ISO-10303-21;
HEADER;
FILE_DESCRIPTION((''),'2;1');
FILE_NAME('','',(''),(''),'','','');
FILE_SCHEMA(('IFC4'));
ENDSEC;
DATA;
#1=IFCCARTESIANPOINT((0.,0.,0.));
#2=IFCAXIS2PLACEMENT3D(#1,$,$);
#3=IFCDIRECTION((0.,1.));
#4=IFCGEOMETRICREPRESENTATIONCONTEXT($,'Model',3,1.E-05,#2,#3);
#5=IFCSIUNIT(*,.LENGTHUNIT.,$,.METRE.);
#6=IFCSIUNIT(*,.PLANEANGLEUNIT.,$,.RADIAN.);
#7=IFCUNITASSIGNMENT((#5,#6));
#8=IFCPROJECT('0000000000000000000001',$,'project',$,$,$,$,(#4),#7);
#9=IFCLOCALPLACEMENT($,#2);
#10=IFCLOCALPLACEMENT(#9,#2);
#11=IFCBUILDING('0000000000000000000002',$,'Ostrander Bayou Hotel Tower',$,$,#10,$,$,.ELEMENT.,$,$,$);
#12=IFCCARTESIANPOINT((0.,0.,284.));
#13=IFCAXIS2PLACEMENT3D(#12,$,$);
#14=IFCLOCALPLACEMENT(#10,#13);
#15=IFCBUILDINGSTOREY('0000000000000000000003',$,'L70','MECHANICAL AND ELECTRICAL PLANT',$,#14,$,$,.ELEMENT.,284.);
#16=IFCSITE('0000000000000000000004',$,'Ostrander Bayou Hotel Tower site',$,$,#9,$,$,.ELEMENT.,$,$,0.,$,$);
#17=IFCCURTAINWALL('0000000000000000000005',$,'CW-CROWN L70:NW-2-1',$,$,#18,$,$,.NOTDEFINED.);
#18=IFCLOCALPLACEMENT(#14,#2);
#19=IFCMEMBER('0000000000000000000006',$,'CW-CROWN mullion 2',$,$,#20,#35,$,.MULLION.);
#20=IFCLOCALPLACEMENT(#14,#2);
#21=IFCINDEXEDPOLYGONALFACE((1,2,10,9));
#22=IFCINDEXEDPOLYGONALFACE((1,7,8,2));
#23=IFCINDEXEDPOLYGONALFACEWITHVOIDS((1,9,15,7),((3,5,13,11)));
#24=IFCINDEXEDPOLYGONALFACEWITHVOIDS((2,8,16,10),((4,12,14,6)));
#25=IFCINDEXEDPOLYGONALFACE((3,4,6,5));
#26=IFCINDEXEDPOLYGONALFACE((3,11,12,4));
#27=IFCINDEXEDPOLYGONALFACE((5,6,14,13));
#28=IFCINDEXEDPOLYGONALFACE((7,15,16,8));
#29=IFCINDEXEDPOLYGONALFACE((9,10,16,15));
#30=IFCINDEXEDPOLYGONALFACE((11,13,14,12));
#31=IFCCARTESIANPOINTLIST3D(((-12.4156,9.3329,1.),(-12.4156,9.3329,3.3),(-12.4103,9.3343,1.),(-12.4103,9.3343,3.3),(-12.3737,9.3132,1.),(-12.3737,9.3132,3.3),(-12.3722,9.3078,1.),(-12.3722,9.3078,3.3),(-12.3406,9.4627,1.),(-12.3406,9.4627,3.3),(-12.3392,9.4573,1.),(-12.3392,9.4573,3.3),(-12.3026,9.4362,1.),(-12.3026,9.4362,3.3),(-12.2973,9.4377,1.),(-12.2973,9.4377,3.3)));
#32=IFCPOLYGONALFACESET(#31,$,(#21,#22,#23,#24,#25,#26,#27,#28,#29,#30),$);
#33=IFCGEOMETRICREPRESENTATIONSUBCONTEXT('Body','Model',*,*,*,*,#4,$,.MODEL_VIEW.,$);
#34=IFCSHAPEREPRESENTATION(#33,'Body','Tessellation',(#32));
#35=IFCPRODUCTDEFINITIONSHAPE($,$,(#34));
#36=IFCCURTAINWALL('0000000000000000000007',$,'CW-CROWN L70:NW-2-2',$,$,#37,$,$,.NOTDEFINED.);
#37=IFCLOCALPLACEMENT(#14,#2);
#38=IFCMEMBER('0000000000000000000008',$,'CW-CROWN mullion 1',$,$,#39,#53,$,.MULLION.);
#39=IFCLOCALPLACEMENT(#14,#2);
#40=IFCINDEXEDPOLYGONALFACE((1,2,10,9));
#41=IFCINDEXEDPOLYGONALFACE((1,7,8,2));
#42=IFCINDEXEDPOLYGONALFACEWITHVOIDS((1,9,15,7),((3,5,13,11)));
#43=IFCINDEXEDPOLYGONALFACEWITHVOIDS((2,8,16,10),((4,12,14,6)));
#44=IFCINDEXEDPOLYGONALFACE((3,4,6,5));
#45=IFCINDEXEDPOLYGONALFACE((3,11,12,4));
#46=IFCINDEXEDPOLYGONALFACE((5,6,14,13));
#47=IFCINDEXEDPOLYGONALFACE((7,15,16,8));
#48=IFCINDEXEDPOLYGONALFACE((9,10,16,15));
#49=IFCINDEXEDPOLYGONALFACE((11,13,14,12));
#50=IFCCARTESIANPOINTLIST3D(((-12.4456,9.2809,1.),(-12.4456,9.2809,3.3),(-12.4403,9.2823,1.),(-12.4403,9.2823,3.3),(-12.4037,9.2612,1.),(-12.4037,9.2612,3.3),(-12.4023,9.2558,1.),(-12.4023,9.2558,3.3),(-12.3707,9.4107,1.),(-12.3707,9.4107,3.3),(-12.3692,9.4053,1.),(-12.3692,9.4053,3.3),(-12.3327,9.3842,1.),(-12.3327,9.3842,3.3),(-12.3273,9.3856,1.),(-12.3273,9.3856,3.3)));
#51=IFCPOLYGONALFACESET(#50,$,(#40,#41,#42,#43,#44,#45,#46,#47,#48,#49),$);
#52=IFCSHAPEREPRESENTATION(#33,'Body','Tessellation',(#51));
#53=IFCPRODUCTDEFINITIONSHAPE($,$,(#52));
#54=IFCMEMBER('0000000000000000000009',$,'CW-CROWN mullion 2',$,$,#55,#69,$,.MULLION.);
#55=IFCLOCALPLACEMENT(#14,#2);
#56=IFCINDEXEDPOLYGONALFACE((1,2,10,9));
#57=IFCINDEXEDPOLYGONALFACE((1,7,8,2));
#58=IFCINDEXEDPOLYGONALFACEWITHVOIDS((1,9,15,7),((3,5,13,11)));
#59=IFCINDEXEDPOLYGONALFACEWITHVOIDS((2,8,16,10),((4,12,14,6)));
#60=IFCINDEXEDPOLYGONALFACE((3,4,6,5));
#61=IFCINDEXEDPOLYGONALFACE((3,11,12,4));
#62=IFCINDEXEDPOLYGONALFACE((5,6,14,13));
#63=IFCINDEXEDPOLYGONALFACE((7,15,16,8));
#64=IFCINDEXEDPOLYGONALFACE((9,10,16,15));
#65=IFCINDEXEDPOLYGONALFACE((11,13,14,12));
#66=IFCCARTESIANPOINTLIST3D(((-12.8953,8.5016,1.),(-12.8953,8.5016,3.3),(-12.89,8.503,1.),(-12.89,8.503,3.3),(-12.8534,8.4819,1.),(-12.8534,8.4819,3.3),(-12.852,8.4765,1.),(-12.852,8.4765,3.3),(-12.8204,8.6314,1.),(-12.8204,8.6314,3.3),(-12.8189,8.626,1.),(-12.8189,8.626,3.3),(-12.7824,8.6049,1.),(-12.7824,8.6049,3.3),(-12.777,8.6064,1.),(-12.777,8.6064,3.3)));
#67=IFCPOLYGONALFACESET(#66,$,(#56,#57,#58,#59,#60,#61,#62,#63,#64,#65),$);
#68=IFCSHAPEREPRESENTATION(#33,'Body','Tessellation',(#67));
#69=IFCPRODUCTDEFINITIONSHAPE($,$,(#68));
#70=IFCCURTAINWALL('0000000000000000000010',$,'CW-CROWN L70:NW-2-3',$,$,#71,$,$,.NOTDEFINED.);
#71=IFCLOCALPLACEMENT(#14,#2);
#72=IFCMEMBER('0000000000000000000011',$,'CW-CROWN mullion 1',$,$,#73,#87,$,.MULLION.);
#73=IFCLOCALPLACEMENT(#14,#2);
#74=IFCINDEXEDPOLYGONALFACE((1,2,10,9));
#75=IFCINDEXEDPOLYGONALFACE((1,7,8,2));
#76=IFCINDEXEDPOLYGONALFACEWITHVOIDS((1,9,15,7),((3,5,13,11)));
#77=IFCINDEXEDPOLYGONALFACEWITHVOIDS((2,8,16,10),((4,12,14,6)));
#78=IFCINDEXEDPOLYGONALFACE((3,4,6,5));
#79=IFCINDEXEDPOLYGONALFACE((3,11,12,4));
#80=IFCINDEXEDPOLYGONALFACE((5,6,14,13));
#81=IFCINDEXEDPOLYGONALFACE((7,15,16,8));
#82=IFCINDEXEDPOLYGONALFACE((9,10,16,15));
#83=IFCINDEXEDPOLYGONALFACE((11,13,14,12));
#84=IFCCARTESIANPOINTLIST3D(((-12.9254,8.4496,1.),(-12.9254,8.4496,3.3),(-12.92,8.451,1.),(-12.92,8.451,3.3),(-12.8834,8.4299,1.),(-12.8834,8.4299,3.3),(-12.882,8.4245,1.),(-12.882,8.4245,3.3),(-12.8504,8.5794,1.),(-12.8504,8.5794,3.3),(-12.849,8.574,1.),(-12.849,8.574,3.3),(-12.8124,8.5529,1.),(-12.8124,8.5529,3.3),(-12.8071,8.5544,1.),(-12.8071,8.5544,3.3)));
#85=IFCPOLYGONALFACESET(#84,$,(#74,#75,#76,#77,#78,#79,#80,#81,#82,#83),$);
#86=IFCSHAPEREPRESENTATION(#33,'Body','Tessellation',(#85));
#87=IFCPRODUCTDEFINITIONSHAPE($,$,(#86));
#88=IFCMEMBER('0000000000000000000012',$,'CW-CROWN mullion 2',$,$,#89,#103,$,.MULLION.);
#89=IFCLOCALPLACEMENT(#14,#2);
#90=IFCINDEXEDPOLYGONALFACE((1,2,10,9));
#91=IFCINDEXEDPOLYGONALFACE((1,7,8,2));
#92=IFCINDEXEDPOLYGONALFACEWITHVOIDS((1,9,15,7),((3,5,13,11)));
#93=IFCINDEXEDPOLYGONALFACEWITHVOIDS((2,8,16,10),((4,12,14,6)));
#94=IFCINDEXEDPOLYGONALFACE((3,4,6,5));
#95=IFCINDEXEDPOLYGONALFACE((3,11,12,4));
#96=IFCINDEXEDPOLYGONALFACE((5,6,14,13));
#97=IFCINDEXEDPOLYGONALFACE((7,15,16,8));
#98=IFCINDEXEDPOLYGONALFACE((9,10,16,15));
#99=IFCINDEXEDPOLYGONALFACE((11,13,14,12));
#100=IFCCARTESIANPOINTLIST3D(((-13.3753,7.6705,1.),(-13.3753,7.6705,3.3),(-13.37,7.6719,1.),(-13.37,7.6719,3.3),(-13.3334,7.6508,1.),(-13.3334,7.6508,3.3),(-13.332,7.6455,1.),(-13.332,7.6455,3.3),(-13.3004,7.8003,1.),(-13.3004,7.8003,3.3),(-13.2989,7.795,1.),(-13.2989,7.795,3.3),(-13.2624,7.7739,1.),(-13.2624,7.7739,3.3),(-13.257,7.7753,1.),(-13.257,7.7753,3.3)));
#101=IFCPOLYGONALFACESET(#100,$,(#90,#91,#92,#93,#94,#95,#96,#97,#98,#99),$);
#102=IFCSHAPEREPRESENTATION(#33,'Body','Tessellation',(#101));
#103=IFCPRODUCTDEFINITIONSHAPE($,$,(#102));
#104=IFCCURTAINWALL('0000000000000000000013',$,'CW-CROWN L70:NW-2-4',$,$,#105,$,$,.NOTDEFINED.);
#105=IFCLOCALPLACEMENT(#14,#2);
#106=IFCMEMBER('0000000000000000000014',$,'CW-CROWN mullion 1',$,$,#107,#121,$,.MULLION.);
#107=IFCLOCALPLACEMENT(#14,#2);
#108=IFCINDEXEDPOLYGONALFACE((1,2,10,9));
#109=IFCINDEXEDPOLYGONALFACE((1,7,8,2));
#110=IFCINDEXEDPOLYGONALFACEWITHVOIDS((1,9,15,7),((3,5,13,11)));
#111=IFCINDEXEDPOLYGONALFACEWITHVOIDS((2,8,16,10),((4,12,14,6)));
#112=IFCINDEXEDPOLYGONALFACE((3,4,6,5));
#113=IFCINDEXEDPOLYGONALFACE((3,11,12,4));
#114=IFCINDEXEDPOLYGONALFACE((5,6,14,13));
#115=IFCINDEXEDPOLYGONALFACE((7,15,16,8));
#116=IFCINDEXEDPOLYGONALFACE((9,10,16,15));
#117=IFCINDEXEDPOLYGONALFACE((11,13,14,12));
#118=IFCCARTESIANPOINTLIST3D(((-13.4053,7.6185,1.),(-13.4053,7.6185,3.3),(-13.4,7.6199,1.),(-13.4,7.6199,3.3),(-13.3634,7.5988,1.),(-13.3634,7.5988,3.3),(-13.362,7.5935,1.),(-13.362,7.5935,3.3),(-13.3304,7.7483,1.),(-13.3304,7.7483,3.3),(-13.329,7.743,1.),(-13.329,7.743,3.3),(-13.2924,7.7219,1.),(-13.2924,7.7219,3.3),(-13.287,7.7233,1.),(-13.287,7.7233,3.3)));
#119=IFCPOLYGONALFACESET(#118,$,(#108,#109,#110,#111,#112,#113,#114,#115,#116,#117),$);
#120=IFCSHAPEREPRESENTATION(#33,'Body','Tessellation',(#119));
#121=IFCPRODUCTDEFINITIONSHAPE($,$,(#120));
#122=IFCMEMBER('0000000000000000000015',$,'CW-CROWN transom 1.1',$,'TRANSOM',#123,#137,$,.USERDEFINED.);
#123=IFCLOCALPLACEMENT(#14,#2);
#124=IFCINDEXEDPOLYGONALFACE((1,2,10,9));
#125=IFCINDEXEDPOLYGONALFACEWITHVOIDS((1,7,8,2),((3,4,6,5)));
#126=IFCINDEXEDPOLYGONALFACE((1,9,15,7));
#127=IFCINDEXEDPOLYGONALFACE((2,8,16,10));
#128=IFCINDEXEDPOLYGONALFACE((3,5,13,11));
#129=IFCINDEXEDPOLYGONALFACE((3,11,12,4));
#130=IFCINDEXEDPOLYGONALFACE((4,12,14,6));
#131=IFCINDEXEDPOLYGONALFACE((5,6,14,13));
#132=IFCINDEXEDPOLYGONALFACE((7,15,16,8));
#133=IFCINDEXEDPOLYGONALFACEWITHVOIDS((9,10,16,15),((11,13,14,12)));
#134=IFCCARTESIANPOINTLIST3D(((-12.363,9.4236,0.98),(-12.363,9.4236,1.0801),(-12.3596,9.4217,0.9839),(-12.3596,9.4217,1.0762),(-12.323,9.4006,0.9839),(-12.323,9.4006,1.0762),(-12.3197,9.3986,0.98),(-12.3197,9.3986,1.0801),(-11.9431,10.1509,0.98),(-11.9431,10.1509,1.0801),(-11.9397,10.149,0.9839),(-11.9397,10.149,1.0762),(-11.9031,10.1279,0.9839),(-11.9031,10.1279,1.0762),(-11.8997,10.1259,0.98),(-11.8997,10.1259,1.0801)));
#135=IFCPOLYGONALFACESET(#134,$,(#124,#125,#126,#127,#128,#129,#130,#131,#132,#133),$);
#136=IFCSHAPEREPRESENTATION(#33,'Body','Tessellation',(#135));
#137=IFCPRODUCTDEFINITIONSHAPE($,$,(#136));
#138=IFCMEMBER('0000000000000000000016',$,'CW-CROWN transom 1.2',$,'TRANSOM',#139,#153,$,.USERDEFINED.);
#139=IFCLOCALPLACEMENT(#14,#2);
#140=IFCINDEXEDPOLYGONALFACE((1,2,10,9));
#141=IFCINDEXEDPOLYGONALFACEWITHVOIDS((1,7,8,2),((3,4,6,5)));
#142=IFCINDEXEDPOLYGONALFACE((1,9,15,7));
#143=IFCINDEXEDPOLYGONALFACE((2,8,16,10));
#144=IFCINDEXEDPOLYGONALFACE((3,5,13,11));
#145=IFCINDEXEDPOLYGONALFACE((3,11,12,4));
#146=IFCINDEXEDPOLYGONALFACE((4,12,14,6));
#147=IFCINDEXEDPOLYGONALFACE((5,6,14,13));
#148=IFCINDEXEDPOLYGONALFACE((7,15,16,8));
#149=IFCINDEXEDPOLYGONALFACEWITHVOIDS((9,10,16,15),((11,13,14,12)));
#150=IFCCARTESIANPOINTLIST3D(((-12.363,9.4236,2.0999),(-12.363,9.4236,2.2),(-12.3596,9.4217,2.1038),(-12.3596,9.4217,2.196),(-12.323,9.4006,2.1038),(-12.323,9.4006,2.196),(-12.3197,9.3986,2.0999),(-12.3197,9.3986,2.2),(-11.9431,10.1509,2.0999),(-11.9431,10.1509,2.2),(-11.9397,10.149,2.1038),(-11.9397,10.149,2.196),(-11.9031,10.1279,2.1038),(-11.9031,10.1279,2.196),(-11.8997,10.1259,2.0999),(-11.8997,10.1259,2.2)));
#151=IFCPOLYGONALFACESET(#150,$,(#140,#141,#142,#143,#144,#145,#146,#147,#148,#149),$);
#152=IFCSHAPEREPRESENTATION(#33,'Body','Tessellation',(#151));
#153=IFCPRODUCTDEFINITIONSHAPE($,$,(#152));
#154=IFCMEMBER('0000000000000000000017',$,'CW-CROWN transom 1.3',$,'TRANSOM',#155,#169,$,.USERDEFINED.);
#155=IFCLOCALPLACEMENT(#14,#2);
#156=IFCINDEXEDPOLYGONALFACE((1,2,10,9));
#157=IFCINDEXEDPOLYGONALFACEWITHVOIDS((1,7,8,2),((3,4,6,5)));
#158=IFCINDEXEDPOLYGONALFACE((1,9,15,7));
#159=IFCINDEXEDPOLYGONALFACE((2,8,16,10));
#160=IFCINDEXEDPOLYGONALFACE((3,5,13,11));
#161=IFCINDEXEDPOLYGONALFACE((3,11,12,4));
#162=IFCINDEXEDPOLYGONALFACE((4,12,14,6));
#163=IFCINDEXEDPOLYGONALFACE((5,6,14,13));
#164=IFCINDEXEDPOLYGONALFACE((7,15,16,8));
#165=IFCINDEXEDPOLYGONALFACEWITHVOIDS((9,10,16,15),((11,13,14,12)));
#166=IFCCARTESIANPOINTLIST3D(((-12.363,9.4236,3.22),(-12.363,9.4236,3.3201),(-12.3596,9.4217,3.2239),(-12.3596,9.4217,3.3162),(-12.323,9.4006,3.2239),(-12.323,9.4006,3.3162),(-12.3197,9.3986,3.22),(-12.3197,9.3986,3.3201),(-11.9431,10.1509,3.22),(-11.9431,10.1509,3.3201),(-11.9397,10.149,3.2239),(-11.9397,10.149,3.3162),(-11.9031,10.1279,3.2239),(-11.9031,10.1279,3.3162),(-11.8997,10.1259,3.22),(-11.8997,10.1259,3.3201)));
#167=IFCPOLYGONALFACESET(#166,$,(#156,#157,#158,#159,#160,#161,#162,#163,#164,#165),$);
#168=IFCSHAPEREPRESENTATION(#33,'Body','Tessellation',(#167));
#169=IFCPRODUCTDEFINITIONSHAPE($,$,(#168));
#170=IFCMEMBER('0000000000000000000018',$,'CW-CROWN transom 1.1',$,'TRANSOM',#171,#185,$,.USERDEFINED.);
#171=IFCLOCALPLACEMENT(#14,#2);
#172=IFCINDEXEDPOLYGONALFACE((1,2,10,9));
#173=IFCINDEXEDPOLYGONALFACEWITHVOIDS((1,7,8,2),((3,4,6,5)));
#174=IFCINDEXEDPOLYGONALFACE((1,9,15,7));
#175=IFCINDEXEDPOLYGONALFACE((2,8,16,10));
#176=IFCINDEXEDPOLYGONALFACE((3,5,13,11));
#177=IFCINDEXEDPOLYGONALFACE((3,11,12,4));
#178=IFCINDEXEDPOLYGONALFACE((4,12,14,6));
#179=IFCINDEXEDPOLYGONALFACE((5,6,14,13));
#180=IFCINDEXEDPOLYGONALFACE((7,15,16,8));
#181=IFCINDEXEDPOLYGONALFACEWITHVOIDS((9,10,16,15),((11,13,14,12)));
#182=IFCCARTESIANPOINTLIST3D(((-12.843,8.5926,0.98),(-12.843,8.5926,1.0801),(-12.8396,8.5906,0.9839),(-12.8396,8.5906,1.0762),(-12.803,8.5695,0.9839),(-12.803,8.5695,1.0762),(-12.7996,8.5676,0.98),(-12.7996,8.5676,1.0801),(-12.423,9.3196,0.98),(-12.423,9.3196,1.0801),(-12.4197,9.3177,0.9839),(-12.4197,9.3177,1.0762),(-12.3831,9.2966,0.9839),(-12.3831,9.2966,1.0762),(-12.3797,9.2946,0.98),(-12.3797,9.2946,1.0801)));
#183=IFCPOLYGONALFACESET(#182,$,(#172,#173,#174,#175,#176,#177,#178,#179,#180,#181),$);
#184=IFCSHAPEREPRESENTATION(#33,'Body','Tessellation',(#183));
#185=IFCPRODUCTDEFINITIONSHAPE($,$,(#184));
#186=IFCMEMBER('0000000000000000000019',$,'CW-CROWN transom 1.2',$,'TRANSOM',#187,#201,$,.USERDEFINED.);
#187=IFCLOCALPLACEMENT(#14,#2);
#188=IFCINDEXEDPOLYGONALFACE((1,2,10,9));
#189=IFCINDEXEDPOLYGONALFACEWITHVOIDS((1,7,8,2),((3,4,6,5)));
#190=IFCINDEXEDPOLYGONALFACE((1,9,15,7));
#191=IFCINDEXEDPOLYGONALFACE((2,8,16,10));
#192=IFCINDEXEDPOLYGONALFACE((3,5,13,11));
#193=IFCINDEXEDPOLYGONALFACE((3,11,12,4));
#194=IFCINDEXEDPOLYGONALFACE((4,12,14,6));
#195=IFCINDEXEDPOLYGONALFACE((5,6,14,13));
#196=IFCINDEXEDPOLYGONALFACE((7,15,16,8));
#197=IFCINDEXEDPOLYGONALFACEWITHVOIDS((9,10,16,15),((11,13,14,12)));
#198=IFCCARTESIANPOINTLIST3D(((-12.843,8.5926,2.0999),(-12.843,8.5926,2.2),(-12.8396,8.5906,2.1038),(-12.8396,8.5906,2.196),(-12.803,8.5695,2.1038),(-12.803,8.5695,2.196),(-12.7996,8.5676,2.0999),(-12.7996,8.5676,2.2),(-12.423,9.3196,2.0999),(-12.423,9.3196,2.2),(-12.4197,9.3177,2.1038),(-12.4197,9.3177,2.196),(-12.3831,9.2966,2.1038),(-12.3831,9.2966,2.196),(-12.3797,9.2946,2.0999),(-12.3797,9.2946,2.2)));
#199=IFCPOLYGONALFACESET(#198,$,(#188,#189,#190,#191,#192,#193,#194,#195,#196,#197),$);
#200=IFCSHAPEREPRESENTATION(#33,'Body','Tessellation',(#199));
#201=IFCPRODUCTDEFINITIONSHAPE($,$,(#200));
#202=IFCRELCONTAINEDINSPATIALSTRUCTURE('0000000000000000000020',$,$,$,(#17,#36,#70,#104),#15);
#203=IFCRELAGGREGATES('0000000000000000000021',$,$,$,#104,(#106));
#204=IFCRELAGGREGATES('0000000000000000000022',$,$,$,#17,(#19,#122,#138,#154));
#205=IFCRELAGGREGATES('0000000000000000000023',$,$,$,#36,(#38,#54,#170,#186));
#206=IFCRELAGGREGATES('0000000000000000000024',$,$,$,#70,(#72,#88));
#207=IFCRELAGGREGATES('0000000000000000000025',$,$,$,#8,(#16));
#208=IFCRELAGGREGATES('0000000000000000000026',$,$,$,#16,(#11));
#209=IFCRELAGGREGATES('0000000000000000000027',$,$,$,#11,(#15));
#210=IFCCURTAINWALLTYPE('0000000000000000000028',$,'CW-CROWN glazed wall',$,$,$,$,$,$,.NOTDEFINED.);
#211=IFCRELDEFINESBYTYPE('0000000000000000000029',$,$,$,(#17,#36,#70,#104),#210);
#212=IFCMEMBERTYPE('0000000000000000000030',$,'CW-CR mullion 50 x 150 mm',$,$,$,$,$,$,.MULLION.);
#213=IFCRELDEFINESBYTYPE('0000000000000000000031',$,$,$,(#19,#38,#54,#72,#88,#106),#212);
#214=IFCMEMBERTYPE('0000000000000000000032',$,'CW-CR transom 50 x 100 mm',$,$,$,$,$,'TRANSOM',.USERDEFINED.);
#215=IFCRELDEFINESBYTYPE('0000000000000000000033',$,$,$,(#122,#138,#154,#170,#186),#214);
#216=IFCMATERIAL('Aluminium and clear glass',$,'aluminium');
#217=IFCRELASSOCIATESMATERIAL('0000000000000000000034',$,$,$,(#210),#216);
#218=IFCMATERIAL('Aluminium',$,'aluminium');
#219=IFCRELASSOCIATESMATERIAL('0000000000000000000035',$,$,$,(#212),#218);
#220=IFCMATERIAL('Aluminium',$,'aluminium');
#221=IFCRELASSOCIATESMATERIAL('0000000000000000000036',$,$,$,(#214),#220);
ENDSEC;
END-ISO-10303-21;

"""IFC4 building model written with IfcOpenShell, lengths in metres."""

from ifc_helpers import new_model, si_unit, direction, frame, origin, origin_2d, place, context, subcontext, project, spatial, hollow_rectangle, extrude, material, material_profile, profile_set, type_object, element, aggregate, save


model = new_model("IFC4")

# Units and contexts
model_context = context("Model", 3, precision=1e-05, world=origin(), true_north=direction((0.0, 1.0)))
body_context = subcontext(model_context, "Body", "Model", "MODEL_VIEW")
ifc_project = project(units=[si_unit("LENGTHUNIT", "METRE"), si_unit("PLANEANGLEUNIT", "RADIAN")], contexts=[model_context])

# Site, building, storey
site_placement = place(None, origin())
site = spatial("IfcSite", under=ifc_project, at=site_placement, Name="Ostrander Bayou Hotel Tower site", CompositionType="ELEMENT", RefElevation=0.0)
building_placement = place(site_placement, origin())
building = spatial("IfcBuilding", under=site, at=building_placement, Name="Ostrander Bayou Hotel Tower", CompositionType="ELEMENT")
storey_placement = place(building_placement, frame((0.0, 0.0, 284.0)))
storey = spatial("IfcBuildingStorey", under=building, at=storey_placement, Name="L70", Description="MECHANICAL AND ELECTRICAL PLANT", CompositionType="ELEMENT", Elevation=284.0)

# Curtain wall, member
ifc_material_1 = material(Name="Aluminium and clear glass", Category="aluminium")
curtain_wall_type = type_object("IfcCurtainWallType", Name="CW-CROWN glazed wall", PredefinedType="NOTDEFINED", material=ifc_material_1)
curtain_wall_1_placement = place(storey_placement, origin())
curtain_wall_1 = element("IfcCurtainWall", 1, at=curtain_wall_1_placement, inside=storey, type_object=curtain_wall_type, Name="CW-CROWN L70:NW-2-1", PredefinedType="NOTDEFINED")
ifc_material_2 = material(Name="Aluminium", Category="aluminium")
ifc_material_profile_1 = material_profile(ifc_material_2, hollow_rectangle(XDim=0.05, YDim=0.1499, WallThickness=0.0039, at=origin_2d()))
ifc_profile_set_1 = profile_set([ifc_material_profile_1], Name="Aluminium")
member_type_1 = type_object("IfcMemberType", Name="CW-CR mullion 50 x 150 mm", PredefinedType="MULLION", material=ifc_profile_set_1)
member_1_placement = place(storey_placement, frame((-12.3564, 9.3853, 1.0), z_axis=(0.0, 0.0, 1.0), x_axis=(0.866022, -0.500005, 0.0)))
member_1 = element("IfcMember", 2, at=member_1_placement, type_object=member_type_1, Name="CW-CROWN mullion 2", PredefinedType="MULLION", context=body_context, shape_type="SweptSolid", body=[
    extrude(hollow_rectangle(XDim=0.05, YDim=0.1499, WallThickness=0.0039, at=origin_2d()), origin(), (0.0, 0.0, 1.0), 2.3),
])

# Curtain walls, members
curtain_wall_2_placement = place(storey_placement, origin())
curtain_wall_2 = element("IfcCurtainWall", 3, at=curtain_wall_2_placement, inside=storey, type_object=curtain_wall_type, Name="CW-CROWN L70:NW-2-2", PredefinedType="NOTDEFINED")
member_2_placement = place(storey_placement, frame((-12.3865, 9.3333, 1.0), z_axis=(0.0, 0.0, 1.0), x_axis=(0.866022, -0.500005, 0.0)))
member_2 = element("IfcMember", 4, at=member_2_placement, type_object=member_type_1, Name="CW-CROWN mullion 1", PredefinedType="MULLION", context=body_context, shape_type="SweptSolid", body=[
    extrude(hollow_rectangle(XDim=0.05, YDim=0.1499, WallThickness=0.0039, at=origin_2d()), origin(), (0.0, 0.0, 1.0), 2.3),
])
member_3_placement = place(storey_placement, frame((-12.8362, 8.554, 1.0), z_axis=(0.0, 0.0, 1.0), x_axis=(0.866022, -0.500005, 0.0)))
member_3 = element("IfcMember", 5, at=member_3_placement, type_object=member_type_1, Name="CW-CROWN mullion 2", PredefinedType="MULLION", context=body_context, shape_type="SweptSolid", body=[
    extrude(hollow_rectangle(XDim=0.05, YDim=0.1499, WallThickness=0.0039, at=origin_2d()), origin(), (0.0, 0.0, 1.0), 2.3),
])
curtain_wall_3_placement = place(storey_placement, origin())
curtain_wall_3 = element("IfcCurtainWall", 6, at=curtain_wall_3_placement, inside=storey, type_object=curtain_wall_type, Name="CW-CROWN L70:NW-2-3", PredefinedType="NOTDEFINED")
member_4_placement = place(storey_placement, frame((-12.8662, 8.502, 1.0), z_axis=(0.0, 0.0, 1.0), x_axis=(0.866022, -0.500005, 0.0)))
member_4 = element("IfcMember", 7, at=member_4_placement, type_object=member_type_1, Name="CW-CROWN mullion 1", PredefinedType="MULLION", context=body_context, shape_type="SweptSolid", body=[
    extrude(hollow_rectangle(XDim=0.05, YDim=0.1499, WallThickness=0.0039, at=origin_2d()), origin(), (0.0, 0.0, 1.0), 2.3),
])
member_5_placement = place(storey_placement, frame((-13.3162, 7.7229, 1.0), z_axis=(0.0, 0.0, 1.0), x_axis=(0.866022, -0.500005, 0.0)))
member_5 = element("IfcMember", 8, at=member_5_placement, type_object=member_type_1, Name="CW-CROWN mullion 2", PredefinedType="MULLION", context=body_context, shape_type="SweptSolid", body=[
    extrude(hollow_rectangle(XDim=0.05, YDim=0.1499, WallThickness=0.0039, at=origin_2d()), origin(), (0.0, 0.0, 1.0), 2.3),
])

# Curtain wall, member
curtain_wall_4_placement = place(storey_placement, origin())
curtain_wall_4 = element("IfcCurtainWall", 9, at=curtain_wall_4_placement, inside=storey, type_object=curtain_wall_type, Name="CW-CROWN L70:NW-2-4", PredefinedType="NOTDEFINED")
member_6_placement = place(storey_placement, frame((-13.3462, 7.6709, 1.0), z_axis=(0.0, 0.0, 1.0), x_axis=(0.866049, -0.49996, 0.0)))
member_6 = element("IfcMember", 10, at=member_6_placement, type_object=member_type_1, Name="CW-CROWN mullion 1", PredefinedType="MULLION", context=body_context, shape_type="SweptSolid", body=[
    extrude(hollow_rectangle(XDim=0.05, YDim=0.1499, WallThickness=0.0039, at=origin_2d()), origin(), (0.0, 0.0, 1.0), 2.3),
])

# Members
ifc_material_3 = material(Name="Aluminium", Category="aluminium")
ifc_material_profile_2 = material_profile(ifc_material_3, hollow_rectangle(XDim=0.05, YDim=0.1001, WallThickness=0.0039, at=origin_2d()))
ifc_profile_set_2 = profile_set([ifc_material_profile_2], Name="Aluminium")
member_type_2 = type_object("IfcMemberType", Name="CW-CR transom 50 x 100 mm", ElementType="TRANSOM", PredefinedType="USERDEFINED", material=ifc_profile_set_2)
member_7_placement = place(storey_placement, frame((-11.9214, 10.1384, 1.03), z_axis=(-0.500016, -0.866016, 0.0), x_axis=(0.866016, -0.500016, 0.0)))
member_7 = element("IfcMember", 11, at=member_7_placement, type_object=member_type_2, Name="CW-CROWN transom 1.1", ObjectType="TRANSOM", PredefinedType="USERDEFINED", context=body_context, shape_type="SweptSolid", body=[
    extrude(hollow_rectangle(XDim=0.05, YDim=0.1001, WallThickness=0.0039, at=origin_2d()), origin(), (0.0, 0.0, 1.0), 0.8398),
])
member_8_placement = place(storey_placement, frame((-11.9214, 10.1384, 2.1499), z_axis=(-0.500016, -0.866016, 0.0), x_axis=(0.866016, -0.500016, 0.0)))
member_8 = element("IfcMember", 12, at=member_8_placement, type_object=member_type_2, Name="CW-CROWN transom 1.2", ObjectType="TRANSOM", PredefinedType="USERDEFINED", context=body_context, shape_type="SweptSolid", body=[
    extrude(hollow_rectangle(XDim=0.05, YDim=0.1001, WallThickness=0.0039, at=origin_2d()), origin(), (0.0, 0.0, 1.0), 0.8398),
])
member_9_placement = place(storey_placement, frame((-11.9214, 10.1384, 3.27), z_axis=(-0.500016, -0.866016, 0.0), x_axis=(0.866016, -0.500016, 0.0)))
member_9 = element("IfcMember", 13, at=member_9_placement, type_object=member_type_2, Name="CW-CROWN transom 1.3", ObjectType="TRANSOM", PredefinedType="USERDEFINED", context=body_context, shape_type="SweptSolid", body=[
    extrude(hollow_rectangle(XDim=0.05, YDim=0.1001, WallThickness=0.0039, at=origin_2d()), origin(), (0.0, 0.0, 1.0), 0.8398),
])
member_10_placement = place(storey_placement, frame((-12.4014, 9.3071, 1.03), z_axis=(-0.500142, -0.865943, 0.0), x_axis=(0.865943, -0.500142, 0.0)))
member_10 = element("IfcMember", 14, at=member_10_placement, type_object=member_type_2, Name="CW-CROWN transom 1.1", ObjectType="TRANSOM", PredefinedType="USERDEFINED", context=body_context, shape_type="SweptSolid", body=[
    extrude(hollow_rectangle(XDim=0.05, YDim=0.1001, WallThickness=0.0039, at=origin_2d()), origin(), (0.0, 0.0, 1.0), 0.8396),
])
member_11_placement = place(storey_placement, frame((-12.4014, 9.3071, 2.1499), z_axis=(-0.500142, -0.865943, 0.0), x_axis=(0.865943, -0.500142, 0.0)))
member_11 = element("IfcMember", 15, at=member_11_placement, type_object=member_type_2, Name="CW-CROWN transom 1.2", ObjectType="TRANSOM", PredefinedType="USERDEFINED", context=body_context, shape_type="SweptSolid", body=[
    extrude(hollow_rectangle(XDim=0.05, YDim=0.1001, WallThickness=0.0039, at=origin_2d()), origin(), (0.0, 0.0, 1.0), 0.8396),
])
aggregate(curtain_wall_4, [member_6])

aggregate(curtain_wall_1, [member_1, member_7, member_8, member_9])
aggregate(curtain_wall_2, [member_2, member_3, member_10, member_11])
aggregate(curtain_wall_3, [member_4, member_5])

save(model, "model.ifc")
